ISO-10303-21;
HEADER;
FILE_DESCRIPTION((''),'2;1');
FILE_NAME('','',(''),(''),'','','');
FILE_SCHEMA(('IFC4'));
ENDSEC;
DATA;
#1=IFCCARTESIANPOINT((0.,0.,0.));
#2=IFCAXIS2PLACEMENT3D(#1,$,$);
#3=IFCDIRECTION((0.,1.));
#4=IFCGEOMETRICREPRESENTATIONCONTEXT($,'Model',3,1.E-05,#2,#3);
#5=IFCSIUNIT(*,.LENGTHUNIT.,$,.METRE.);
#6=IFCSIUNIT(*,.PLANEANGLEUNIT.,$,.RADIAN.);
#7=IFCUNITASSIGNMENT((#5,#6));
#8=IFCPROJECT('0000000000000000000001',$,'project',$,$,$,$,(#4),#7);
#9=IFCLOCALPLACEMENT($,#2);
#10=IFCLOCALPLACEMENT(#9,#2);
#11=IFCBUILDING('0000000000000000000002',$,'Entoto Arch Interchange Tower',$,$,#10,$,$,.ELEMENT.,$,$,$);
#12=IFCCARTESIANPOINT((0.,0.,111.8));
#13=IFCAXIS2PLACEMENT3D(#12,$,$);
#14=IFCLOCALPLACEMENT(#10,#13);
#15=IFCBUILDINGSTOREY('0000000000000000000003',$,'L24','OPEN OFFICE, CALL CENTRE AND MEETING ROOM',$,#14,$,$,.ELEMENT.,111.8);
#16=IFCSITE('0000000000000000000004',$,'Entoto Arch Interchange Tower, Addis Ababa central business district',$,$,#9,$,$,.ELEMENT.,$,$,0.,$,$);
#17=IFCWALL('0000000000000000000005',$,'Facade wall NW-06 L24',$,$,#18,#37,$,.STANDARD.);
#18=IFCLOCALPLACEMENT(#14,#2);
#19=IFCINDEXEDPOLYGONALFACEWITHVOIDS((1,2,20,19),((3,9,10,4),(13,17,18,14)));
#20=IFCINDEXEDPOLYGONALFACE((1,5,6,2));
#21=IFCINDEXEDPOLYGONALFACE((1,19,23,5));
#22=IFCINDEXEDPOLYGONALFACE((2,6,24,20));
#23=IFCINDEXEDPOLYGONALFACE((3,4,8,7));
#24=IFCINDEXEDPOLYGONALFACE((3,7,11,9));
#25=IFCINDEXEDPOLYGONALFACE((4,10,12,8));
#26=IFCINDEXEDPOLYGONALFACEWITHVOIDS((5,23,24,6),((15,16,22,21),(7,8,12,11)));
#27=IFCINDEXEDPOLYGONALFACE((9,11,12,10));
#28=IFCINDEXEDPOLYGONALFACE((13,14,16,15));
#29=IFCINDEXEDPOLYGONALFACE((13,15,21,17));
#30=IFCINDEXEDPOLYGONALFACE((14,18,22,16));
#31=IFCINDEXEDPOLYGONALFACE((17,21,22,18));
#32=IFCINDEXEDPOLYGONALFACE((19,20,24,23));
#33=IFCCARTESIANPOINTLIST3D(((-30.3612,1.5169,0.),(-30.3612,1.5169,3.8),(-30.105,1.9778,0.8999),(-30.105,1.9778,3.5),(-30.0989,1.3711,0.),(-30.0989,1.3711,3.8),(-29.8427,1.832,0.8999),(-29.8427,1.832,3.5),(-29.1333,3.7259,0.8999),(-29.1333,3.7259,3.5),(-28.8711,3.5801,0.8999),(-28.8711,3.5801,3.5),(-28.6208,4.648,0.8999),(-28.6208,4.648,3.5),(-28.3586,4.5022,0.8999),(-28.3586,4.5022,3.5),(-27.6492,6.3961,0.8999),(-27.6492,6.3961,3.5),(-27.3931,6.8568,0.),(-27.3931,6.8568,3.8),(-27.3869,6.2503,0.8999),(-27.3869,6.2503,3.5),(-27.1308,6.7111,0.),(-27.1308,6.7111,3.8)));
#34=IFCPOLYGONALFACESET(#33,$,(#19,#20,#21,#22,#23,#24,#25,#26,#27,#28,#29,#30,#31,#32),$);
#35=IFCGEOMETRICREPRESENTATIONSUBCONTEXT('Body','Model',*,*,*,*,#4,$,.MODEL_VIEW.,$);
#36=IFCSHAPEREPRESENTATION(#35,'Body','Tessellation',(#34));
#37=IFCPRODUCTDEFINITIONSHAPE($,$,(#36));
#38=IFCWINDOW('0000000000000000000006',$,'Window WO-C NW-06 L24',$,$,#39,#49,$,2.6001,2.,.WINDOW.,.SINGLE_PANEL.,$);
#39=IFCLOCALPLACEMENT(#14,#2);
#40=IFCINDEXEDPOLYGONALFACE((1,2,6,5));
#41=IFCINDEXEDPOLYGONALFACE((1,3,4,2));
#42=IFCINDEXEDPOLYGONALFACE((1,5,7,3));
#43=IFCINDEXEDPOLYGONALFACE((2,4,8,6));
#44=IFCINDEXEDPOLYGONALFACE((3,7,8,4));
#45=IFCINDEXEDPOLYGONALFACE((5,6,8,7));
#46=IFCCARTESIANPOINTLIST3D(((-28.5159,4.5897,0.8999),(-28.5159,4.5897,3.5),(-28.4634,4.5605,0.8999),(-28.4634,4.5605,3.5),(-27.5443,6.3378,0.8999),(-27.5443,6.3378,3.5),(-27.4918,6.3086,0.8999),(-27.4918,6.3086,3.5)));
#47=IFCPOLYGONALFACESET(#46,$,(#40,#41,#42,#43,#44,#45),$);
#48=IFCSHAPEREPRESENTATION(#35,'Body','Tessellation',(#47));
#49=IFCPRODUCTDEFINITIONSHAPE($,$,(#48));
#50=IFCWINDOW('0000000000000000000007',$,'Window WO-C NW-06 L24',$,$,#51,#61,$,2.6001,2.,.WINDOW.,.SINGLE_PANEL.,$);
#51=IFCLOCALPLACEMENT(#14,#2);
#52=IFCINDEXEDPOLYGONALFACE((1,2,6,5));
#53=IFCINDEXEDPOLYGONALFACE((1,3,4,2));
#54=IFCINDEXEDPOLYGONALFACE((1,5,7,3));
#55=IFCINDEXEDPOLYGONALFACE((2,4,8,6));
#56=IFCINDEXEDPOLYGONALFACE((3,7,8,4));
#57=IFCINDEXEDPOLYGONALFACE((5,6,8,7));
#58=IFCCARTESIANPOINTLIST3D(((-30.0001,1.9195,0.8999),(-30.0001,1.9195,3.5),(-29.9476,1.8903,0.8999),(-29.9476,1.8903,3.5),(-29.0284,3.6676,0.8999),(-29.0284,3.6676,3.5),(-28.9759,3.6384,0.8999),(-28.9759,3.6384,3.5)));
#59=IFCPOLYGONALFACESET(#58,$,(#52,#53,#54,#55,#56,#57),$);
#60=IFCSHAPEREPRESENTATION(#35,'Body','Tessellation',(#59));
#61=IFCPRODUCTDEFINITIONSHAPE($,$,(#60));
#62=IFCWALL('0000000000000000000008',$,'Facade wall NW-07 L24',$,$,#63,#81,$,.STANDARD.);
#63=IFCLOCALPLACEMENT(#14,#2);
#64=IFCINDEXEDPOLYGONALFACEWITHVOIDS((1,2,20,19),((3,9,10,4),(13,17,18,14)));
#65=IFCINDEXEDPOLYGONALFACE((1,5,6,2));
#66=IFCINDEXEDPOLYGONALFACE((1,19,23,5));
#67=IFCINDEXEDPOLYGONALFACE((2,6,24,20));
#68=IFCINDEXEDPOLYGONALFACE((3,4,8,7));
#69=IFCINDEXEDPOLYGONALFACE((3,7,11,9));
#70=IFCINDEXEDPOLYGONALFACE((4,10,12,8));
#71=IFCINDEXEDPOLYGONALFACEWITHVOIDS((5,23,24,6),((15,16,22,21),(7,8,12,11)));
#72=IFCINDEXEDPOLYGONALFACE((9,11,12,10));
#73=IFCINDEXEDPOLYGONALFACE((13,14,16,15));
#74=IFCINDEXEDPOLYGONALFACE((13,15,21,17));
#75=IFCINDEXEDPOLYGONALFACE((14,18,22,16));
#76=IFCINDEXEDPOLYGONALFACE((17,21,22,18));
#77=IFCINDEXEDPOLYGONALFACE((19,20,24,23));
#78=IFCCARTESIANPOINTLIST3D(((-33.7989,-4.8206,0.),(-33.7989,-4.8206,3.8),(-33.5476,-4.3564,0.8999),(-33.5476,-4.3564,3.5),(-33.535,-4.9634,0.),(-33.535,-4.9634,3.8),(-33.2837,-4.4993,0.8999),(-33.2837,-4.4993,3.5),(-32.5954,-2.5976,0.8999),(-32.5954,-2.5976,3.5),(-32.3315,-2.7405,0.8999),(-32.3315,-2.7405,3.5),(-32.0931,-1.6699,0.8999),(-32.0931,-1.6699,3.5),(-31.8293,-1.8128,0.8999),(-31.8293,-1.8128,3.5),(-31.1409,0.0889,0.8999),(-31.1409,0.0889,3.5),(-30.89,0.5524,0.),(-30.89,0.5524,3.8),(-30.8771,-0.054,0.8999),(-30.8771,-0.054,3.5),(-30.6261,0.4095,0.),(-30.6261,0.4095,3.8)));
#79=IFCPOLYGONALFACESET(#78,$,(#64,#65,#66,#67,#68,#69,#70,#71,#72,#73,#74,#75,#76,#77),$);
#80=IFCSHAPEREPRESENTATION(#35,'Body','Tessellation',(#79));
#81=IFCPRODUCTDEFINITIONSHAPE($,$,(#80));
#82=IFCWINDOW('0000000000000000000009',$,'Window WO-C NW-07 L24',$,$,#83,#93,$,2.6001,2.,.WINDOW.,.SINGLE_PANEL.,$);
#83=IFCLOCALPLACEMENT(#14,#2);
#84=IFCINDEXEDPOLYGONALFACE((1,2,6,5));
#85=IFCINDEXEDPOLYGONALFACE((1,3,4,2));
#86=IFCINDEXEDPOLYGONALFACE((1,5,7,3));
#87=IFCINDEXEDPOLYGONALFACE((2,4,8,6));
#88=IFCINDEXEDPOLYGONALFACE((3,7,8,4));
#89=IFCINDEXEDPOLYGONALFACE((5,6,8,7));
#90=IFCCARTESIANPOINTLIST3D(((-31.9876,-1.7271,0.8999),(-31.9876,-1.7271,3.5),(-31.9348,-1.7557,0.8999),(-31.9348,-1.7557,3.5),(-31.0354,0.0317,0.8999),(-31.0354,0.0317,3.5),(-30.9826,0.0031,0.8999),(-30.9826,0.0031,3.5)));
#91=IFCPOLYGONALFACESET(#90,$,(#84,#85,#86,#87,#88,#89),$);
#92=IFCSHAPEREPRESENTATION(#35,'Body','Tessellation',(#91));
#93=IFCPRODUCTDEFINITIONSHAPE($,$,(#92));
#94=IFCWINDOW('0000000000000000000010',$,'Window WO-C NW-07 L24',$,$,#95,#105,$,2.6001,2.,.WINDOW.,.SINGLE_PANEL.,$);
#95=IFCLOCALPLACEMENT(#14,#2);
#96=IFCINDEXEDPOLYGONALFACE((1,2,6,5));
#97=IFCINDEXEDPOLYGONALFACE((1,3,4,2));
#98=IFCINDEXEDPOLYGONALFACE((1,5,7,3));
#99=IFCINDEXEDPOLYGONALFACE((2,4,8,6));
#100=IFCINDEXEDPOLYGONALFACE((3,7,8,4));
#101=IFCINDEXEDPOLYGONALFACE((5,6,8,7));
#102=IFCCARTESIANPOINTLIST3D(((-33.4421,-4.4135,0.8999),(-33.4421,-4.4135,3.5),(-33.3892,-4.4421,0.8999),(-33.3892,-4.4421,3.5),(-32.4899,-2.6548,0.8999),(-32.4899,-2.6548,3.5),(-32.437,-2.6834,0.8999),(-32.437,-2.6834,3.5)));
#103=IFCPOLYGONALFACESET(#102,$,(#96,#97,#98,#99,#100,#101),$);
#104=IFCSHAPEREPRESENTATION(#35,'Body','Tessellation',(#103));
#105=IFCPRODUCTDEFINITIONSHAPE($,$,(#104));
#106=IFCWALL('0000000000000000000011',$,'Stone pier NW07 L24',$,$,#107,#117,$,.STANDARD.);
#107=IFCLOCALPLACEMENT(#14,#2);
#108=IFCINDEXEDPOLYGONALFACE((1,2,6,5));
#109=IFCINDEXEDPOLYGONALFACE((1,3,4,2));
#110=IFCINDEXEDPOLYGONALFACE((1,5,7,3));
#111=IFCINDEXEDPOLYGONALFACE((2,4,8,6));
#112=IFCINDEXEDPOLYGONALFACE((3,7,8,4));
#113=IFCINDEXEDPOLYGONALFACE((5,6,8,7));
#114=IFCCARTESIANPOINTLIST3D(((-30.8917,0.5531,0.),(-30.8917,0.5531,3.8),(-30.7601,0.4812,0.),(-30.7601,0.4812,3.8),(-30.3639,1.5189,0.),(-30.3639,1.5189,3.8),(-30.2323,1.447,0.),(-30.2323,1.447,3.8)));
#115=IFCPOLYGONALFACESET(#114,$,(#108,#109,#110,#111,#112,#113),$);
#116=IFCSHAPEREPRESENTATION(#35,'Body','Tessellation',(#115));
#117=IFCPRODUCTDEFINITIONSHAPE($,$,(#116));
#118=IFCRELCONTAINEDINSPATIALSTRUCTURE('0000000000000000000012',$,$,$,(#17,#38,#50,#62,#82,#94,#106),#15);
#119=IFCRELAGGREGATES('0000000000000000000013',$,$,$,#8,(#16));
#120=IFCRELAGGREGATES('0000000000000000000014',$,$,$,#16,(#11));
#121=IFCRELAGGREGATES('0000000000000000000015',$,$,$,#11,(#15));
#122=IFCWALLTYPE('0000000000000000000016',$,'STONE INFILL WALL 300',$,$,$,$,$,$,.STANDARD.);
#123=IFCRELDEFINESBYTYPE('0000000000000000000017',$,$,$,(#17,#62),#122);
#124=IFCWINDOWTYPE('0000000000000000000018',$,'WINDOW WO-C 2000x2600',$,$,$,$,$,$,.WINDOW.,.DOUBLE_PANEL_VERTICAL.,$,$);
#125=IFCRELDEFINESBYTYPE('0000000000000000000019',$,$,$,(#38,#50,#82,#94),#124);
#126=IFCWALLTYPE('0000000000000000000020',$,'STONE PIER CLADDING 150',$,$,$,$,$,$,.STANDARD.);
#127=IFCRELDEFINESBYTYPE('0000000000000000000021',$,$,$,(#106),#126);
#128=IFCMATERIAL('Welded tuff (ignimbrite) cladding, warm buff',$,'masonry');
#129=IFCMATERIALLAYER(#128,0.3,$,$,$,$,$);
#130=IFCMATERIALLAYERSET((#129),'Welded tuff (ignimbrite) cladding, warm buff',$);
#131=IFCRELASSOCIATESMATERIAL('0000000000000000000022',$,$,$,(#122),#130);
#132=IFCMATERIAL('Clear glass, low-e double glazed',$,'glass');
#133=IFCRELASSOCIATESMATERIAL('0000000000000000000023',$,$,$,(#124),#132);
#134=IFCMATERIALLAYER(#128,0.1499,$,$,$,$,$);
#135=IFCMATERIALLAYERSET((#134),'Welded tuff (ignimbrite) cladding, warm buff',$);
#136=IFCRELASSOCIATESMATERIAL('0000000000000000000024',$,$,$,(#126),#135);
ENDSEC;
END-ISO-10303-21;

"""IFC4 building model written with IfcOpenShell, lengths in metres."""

from ifc_helpers import new_model, si_unit, direction, frame, frame_2d, origin, place, context, subcontext, project, spatial, rectangle, extrude, material, layer, layer_set, type_object, element, fill, save


model = new_model("IFC4")

# Units and contexts
model_context = context("Model", 3, precision=1e-05, world=origin(), true_north=direction((0.0, 1.0)))
body_context = subcontext(model_context, "Body", "Model", "MODEL_VIEW")
ifc_project = project(units=[si_unit("LENGTHUNIT", "METRE"), si_unit("PLANEANGLEUNIT", "RADIAN")], contexts=[model_context])

# Site, building, storey
site_placement = place(None, origin())
site = spatial("IfcSite", under=ifc_project, at=site_placement, Name="Entoto Arch Interchange Tower, Addis Ababa central business district", CompositionType="ELEMENT", RefElevation=0.0)
building_placement = place(site_placement, origin())
building = spatial("IfcBuilding", under=site, at=building_placement, Name="Entoto Arch Interchange Tower", CompositionType="ELEMENT")
storey_placement = place(building_placement, frame((0.0, 0.0, 111.8)))
storey = spatial("IfcBuildingStorey", under=building, at=storey_placement, Name="L24", Description="OPEN OFFICE, CALL CENTRE AND MEETING ROOM", CompositionType="ELEMENT", Elevation=111.8)

# Walls, openings, windows
ifc_material_1 = material(Name="Welded tuff (ignimbrite) cladding, warm buff", Category="masonry")
ifc_layer_1 = layer(ifc_material_1, 0.3)
ifc_layer_set_1 = layer_set([ifc_layer_1], Name="Welded tuff (ignimbrite) cladding, warm buff")
wall_type_1 = type_object("IfcWallType", Name="STONE INFILL WALL 300", PredefinedType="STANDARD", material=ifc_layer_set_1)
wall_1_placement = place(storey_placement, frame((-27.262, 6.7839, 0.0), z_axis=(0.0, 0.0, 1.0), x_axis=(-0.485823, -0.874057, 0.0)))
wall_1 = element("IfcWall", 1, at=wall_1_placement, inside=storey, type_object=wall_type_1, Name="Facade wall NW-06 L24", PredefinedType="STANDARD", context=body_context, shape_type="SweptSolid", body=[
    extrude(rectangle(XDim=6.1094, YDim=0.3, at=frame_2d((3.0547, 0.0))), origin(), (0.0, 0.0, 1.0), 3.8),
])
opening_1_placement = place(wall_1_placement, frame((0.5271, 0.0, 0.8999)))
opening_1 = element("IfcOpeningElement", 2, at=opening_1_placement, cuts=wall_1, PredefinedType="OPENING", context=body_context, shape_type="SweptSolid", body=[
    extrude(rectangle(XDim=2.0, YDim=2.6001, at=frame_2d((1.0, 1.3))), frame((0.0, 0.1602, 0.0), z_axis=(0.0, -1.0, 0.0), x_axis=(1.0, 0.0, 0.0)), (0.0, 0.0, 1.0), 0.3201),
])
opening_2_placement = place(wall_1_placement, frame((3.582, 0.0, 0.8999)))
opening_2 = element("IfcOpeningElement", 3, at=opening_2_placement, cuts=wall_1, PredefinedType="OPENING", context=body_context, shape_type="SweptSolid", body=[
    extrude(rectangle(XDim=2.0, YDim=2.6001, at=frame_2d((1.0, 1.3))), frame((0.0, 0.1602, 0.0), z_axis=(0.0, -1.0, 0.0), x_axis=(1.0, 0.0, 0.0)), (0.0, 0.0, 1.0), 0.3201),
])
ifc_material_2 = material(Name="Clear glass, low-e double glazed", Category="glass")
window_type = type_object("IfcWindowType", Name="WINDOW WO-C 2000x2600", PartitioningType="DOUBLE_PANEL_VERTICAL", PredefinedType="WINDOW", material=ifc_material_2)
window_1_placement = place(opening_1_placement, origin())
window_1 = element("IfcWindow", 4, at=window_1_placement, inside=storey, type_object=window_type, Name="Window WO-C NW-06 L24", OverallHeight=2.6001, OverallWidth=2.0, PartitioningType="SINGLE_PANEL", PredefinedType="WINDOW", context=body_context, shape_type="SweptSolid", body=[
    extrude(rectangle(XDim=2.0, YDim=2.6001, at=frame_2d((1.0, 1.3))), frame((0.0, 0.03, 0.0), z_axis=(0.0, -1.0, 0.0), x_axis=(1.0, 0.0, 0.0)), (0.0, 0.0, 1.0), 0.0601),
])
fill(opening_1, window_1)
window_2_placement = place(opening_2_placement, origin())
window_2 = element("IfcWindow", 5, at=window_2_placement, inside=storey, type_object=window_type, Name="Window WO-C NW-06 L24", OverallHeight=2.6001, OverallWidth=2.0, PartitioningType="SINGLE_PANEL", PredefinedType="WINDOW", context=body_context, shape_type="SweptSolid", body=[
    extrude(rectangle(XDim=2.0, YDim=2.6001, at=frame_2d((1.0, 1.3))), frame((0.0, 0.03, 0.0), z_axis=(0.0, -1.0, 0.0), x_axis=(1.0, 0.0, 0.0)), (0.0, 0.0, 1.0), 0.0601),
])
fill(opening_2, window_2)
wall_2_placement = place(storey_placement, frame((-30.7581, 0.481, 0.0), z_axis=(0.0, 0.0, 1.0), x_axis=(-0.476098, -0.879392, 0.0)))
wall_2 = element("IfcWall", 6, at=wall_2_placement, inside=storey, type_object=wall_type_1, Name="Facade wall NW-07 L24", PredefinedType="STANDARD", context=body_context, shape_type="SweptSolid", body=[
    extrude(rectangle(XDim=6.1099, YDim=0.3, at=frame_2d((3.0549, 0.0))), origin(), (0.0, 0.0, 1.0), 3.8),
])
opening_3_placement = place(wall_2_placement, frame((0.5271, 0.0, 0.8999)))
opening_3 = element("IfcOpeningElement", 7, at=opening_3_placement, cuts=wall_2, PredefinedType="OPENING", context=body_context, shape_type="SweptSolid", body=[
    extrude(rectangle(XDim=2.0, YDim=2.6001, at=frame_2d((1.0, 1.3))), frame((0.0, 0.1602, 0.0), z_axis=(0.0, -1.0, 0.0), x_axis=(1.0, 0.0, 0.0)), (0.0, 0.0, 1.0), 0.3201),
])
opening_4_placement = place(wall_2_placement, frame((3.582, 0.0, 0.8999)))
opening_4 = element("IfcOpeningElement", 8, at=opening_4_placement, cuts=wall_2, PredefinedType="OPENING", context=body_context, shape_type="SweptSolid", body=[
    extrude(rectangle(XDim=2.0, YDim=2.6001, at=frame_2d((1.0, 1.3))), frame((0.0, 0.1602, 0.0), z_axis=(0.0, -1.0, 0.0), x_axis=(1.0, 0.0, 0.0)), (0.0, 0.0, 1.0), 0.3201),
])
window_3_placement = place(opening_3_placement, origin())
window_3 = element("IfcWindow", 9, at=window_3_placement, inside=storey, type_object=window_type, Name="Window WO-C NW-07 L24", OverallHeight=2.6001, OverallWidth=2.0, PartitioningType="SINGLE_PANEL", PredefinedType="WINDOW", context=body_context, shape_type="SweptSolid", body=[
    extrude(rectangle(XDim=2.0, YDim=2.6001, at=frame_2d((1.0, 1.3))), frame((0.0, 0.03, 0.0), z_axis=(0.0, -1.0, 0.0), x_axis=(1.0, 0.0, 0.0)), (0.0, 0.0, 1.0), 0.0601),
])
fill(opening_3, window_3)
window_4_placement = place(opening_4_placement, origin())
window_4 = element("IfcWindow", 10, at=window_4_placement, inside=storey, type_object=window_type, Name="Window WO-C NW-07 L24", OverallHeight=2.6001, OverallWidth=2.0, PartitioningType="SINGLE_PANEL", PredefinedType="WINDOW", context=body_context, shape_type="SweptSolid", body=[
    extrude(rectangle(XDim=2.0, YDim=2.6001, at=frame_2d((1.0, 1.3))), frame((0.0, 0.03, 0.0), z_axis=(0.0, -1.0, 0.0), x_axis=(1.0, 0.0, 0.0)), (0.0, 0.0, 1.0), 0.0601),
])
fill(opening_4, window_4)

# Wall
ifc_layer_2 = layer(ifc_material_1, 0.1499)
ifc_layer_set_2 = layer_set([ifc_layer_2], Name="Welded tuff (ignimbrite) cladding, warm buff")
wall_type_2 = type_object("IfcWallType", Name="STONE PIER CLADDING 150", PredefinedType="STANDARD", material=ifc_layer_set_2)
wall_3_placement = place(storey_placement, frame((-30.2981, 1.4829, 0.0), z_axis=(0.0, 0.0, 1.0), x_axis=(-0.479567, -0.877505, 0.0)))
element("IfcWall", 11, at=wall_3_placement, inside=storey, type_object=wall_type_2, Name="Stone pier NW07 L24", PredefinedType="STANDARD", context=body_context, shape_type="SweptSolid", body=[
    extrude(rectangle(XDim=1.1006, YDim=0.1499, at=frame_2d((0.5503, 0.0))), origin(), (0.0, 0.0, 1.0), 3.8),
])

save(model, "model.ifc")
